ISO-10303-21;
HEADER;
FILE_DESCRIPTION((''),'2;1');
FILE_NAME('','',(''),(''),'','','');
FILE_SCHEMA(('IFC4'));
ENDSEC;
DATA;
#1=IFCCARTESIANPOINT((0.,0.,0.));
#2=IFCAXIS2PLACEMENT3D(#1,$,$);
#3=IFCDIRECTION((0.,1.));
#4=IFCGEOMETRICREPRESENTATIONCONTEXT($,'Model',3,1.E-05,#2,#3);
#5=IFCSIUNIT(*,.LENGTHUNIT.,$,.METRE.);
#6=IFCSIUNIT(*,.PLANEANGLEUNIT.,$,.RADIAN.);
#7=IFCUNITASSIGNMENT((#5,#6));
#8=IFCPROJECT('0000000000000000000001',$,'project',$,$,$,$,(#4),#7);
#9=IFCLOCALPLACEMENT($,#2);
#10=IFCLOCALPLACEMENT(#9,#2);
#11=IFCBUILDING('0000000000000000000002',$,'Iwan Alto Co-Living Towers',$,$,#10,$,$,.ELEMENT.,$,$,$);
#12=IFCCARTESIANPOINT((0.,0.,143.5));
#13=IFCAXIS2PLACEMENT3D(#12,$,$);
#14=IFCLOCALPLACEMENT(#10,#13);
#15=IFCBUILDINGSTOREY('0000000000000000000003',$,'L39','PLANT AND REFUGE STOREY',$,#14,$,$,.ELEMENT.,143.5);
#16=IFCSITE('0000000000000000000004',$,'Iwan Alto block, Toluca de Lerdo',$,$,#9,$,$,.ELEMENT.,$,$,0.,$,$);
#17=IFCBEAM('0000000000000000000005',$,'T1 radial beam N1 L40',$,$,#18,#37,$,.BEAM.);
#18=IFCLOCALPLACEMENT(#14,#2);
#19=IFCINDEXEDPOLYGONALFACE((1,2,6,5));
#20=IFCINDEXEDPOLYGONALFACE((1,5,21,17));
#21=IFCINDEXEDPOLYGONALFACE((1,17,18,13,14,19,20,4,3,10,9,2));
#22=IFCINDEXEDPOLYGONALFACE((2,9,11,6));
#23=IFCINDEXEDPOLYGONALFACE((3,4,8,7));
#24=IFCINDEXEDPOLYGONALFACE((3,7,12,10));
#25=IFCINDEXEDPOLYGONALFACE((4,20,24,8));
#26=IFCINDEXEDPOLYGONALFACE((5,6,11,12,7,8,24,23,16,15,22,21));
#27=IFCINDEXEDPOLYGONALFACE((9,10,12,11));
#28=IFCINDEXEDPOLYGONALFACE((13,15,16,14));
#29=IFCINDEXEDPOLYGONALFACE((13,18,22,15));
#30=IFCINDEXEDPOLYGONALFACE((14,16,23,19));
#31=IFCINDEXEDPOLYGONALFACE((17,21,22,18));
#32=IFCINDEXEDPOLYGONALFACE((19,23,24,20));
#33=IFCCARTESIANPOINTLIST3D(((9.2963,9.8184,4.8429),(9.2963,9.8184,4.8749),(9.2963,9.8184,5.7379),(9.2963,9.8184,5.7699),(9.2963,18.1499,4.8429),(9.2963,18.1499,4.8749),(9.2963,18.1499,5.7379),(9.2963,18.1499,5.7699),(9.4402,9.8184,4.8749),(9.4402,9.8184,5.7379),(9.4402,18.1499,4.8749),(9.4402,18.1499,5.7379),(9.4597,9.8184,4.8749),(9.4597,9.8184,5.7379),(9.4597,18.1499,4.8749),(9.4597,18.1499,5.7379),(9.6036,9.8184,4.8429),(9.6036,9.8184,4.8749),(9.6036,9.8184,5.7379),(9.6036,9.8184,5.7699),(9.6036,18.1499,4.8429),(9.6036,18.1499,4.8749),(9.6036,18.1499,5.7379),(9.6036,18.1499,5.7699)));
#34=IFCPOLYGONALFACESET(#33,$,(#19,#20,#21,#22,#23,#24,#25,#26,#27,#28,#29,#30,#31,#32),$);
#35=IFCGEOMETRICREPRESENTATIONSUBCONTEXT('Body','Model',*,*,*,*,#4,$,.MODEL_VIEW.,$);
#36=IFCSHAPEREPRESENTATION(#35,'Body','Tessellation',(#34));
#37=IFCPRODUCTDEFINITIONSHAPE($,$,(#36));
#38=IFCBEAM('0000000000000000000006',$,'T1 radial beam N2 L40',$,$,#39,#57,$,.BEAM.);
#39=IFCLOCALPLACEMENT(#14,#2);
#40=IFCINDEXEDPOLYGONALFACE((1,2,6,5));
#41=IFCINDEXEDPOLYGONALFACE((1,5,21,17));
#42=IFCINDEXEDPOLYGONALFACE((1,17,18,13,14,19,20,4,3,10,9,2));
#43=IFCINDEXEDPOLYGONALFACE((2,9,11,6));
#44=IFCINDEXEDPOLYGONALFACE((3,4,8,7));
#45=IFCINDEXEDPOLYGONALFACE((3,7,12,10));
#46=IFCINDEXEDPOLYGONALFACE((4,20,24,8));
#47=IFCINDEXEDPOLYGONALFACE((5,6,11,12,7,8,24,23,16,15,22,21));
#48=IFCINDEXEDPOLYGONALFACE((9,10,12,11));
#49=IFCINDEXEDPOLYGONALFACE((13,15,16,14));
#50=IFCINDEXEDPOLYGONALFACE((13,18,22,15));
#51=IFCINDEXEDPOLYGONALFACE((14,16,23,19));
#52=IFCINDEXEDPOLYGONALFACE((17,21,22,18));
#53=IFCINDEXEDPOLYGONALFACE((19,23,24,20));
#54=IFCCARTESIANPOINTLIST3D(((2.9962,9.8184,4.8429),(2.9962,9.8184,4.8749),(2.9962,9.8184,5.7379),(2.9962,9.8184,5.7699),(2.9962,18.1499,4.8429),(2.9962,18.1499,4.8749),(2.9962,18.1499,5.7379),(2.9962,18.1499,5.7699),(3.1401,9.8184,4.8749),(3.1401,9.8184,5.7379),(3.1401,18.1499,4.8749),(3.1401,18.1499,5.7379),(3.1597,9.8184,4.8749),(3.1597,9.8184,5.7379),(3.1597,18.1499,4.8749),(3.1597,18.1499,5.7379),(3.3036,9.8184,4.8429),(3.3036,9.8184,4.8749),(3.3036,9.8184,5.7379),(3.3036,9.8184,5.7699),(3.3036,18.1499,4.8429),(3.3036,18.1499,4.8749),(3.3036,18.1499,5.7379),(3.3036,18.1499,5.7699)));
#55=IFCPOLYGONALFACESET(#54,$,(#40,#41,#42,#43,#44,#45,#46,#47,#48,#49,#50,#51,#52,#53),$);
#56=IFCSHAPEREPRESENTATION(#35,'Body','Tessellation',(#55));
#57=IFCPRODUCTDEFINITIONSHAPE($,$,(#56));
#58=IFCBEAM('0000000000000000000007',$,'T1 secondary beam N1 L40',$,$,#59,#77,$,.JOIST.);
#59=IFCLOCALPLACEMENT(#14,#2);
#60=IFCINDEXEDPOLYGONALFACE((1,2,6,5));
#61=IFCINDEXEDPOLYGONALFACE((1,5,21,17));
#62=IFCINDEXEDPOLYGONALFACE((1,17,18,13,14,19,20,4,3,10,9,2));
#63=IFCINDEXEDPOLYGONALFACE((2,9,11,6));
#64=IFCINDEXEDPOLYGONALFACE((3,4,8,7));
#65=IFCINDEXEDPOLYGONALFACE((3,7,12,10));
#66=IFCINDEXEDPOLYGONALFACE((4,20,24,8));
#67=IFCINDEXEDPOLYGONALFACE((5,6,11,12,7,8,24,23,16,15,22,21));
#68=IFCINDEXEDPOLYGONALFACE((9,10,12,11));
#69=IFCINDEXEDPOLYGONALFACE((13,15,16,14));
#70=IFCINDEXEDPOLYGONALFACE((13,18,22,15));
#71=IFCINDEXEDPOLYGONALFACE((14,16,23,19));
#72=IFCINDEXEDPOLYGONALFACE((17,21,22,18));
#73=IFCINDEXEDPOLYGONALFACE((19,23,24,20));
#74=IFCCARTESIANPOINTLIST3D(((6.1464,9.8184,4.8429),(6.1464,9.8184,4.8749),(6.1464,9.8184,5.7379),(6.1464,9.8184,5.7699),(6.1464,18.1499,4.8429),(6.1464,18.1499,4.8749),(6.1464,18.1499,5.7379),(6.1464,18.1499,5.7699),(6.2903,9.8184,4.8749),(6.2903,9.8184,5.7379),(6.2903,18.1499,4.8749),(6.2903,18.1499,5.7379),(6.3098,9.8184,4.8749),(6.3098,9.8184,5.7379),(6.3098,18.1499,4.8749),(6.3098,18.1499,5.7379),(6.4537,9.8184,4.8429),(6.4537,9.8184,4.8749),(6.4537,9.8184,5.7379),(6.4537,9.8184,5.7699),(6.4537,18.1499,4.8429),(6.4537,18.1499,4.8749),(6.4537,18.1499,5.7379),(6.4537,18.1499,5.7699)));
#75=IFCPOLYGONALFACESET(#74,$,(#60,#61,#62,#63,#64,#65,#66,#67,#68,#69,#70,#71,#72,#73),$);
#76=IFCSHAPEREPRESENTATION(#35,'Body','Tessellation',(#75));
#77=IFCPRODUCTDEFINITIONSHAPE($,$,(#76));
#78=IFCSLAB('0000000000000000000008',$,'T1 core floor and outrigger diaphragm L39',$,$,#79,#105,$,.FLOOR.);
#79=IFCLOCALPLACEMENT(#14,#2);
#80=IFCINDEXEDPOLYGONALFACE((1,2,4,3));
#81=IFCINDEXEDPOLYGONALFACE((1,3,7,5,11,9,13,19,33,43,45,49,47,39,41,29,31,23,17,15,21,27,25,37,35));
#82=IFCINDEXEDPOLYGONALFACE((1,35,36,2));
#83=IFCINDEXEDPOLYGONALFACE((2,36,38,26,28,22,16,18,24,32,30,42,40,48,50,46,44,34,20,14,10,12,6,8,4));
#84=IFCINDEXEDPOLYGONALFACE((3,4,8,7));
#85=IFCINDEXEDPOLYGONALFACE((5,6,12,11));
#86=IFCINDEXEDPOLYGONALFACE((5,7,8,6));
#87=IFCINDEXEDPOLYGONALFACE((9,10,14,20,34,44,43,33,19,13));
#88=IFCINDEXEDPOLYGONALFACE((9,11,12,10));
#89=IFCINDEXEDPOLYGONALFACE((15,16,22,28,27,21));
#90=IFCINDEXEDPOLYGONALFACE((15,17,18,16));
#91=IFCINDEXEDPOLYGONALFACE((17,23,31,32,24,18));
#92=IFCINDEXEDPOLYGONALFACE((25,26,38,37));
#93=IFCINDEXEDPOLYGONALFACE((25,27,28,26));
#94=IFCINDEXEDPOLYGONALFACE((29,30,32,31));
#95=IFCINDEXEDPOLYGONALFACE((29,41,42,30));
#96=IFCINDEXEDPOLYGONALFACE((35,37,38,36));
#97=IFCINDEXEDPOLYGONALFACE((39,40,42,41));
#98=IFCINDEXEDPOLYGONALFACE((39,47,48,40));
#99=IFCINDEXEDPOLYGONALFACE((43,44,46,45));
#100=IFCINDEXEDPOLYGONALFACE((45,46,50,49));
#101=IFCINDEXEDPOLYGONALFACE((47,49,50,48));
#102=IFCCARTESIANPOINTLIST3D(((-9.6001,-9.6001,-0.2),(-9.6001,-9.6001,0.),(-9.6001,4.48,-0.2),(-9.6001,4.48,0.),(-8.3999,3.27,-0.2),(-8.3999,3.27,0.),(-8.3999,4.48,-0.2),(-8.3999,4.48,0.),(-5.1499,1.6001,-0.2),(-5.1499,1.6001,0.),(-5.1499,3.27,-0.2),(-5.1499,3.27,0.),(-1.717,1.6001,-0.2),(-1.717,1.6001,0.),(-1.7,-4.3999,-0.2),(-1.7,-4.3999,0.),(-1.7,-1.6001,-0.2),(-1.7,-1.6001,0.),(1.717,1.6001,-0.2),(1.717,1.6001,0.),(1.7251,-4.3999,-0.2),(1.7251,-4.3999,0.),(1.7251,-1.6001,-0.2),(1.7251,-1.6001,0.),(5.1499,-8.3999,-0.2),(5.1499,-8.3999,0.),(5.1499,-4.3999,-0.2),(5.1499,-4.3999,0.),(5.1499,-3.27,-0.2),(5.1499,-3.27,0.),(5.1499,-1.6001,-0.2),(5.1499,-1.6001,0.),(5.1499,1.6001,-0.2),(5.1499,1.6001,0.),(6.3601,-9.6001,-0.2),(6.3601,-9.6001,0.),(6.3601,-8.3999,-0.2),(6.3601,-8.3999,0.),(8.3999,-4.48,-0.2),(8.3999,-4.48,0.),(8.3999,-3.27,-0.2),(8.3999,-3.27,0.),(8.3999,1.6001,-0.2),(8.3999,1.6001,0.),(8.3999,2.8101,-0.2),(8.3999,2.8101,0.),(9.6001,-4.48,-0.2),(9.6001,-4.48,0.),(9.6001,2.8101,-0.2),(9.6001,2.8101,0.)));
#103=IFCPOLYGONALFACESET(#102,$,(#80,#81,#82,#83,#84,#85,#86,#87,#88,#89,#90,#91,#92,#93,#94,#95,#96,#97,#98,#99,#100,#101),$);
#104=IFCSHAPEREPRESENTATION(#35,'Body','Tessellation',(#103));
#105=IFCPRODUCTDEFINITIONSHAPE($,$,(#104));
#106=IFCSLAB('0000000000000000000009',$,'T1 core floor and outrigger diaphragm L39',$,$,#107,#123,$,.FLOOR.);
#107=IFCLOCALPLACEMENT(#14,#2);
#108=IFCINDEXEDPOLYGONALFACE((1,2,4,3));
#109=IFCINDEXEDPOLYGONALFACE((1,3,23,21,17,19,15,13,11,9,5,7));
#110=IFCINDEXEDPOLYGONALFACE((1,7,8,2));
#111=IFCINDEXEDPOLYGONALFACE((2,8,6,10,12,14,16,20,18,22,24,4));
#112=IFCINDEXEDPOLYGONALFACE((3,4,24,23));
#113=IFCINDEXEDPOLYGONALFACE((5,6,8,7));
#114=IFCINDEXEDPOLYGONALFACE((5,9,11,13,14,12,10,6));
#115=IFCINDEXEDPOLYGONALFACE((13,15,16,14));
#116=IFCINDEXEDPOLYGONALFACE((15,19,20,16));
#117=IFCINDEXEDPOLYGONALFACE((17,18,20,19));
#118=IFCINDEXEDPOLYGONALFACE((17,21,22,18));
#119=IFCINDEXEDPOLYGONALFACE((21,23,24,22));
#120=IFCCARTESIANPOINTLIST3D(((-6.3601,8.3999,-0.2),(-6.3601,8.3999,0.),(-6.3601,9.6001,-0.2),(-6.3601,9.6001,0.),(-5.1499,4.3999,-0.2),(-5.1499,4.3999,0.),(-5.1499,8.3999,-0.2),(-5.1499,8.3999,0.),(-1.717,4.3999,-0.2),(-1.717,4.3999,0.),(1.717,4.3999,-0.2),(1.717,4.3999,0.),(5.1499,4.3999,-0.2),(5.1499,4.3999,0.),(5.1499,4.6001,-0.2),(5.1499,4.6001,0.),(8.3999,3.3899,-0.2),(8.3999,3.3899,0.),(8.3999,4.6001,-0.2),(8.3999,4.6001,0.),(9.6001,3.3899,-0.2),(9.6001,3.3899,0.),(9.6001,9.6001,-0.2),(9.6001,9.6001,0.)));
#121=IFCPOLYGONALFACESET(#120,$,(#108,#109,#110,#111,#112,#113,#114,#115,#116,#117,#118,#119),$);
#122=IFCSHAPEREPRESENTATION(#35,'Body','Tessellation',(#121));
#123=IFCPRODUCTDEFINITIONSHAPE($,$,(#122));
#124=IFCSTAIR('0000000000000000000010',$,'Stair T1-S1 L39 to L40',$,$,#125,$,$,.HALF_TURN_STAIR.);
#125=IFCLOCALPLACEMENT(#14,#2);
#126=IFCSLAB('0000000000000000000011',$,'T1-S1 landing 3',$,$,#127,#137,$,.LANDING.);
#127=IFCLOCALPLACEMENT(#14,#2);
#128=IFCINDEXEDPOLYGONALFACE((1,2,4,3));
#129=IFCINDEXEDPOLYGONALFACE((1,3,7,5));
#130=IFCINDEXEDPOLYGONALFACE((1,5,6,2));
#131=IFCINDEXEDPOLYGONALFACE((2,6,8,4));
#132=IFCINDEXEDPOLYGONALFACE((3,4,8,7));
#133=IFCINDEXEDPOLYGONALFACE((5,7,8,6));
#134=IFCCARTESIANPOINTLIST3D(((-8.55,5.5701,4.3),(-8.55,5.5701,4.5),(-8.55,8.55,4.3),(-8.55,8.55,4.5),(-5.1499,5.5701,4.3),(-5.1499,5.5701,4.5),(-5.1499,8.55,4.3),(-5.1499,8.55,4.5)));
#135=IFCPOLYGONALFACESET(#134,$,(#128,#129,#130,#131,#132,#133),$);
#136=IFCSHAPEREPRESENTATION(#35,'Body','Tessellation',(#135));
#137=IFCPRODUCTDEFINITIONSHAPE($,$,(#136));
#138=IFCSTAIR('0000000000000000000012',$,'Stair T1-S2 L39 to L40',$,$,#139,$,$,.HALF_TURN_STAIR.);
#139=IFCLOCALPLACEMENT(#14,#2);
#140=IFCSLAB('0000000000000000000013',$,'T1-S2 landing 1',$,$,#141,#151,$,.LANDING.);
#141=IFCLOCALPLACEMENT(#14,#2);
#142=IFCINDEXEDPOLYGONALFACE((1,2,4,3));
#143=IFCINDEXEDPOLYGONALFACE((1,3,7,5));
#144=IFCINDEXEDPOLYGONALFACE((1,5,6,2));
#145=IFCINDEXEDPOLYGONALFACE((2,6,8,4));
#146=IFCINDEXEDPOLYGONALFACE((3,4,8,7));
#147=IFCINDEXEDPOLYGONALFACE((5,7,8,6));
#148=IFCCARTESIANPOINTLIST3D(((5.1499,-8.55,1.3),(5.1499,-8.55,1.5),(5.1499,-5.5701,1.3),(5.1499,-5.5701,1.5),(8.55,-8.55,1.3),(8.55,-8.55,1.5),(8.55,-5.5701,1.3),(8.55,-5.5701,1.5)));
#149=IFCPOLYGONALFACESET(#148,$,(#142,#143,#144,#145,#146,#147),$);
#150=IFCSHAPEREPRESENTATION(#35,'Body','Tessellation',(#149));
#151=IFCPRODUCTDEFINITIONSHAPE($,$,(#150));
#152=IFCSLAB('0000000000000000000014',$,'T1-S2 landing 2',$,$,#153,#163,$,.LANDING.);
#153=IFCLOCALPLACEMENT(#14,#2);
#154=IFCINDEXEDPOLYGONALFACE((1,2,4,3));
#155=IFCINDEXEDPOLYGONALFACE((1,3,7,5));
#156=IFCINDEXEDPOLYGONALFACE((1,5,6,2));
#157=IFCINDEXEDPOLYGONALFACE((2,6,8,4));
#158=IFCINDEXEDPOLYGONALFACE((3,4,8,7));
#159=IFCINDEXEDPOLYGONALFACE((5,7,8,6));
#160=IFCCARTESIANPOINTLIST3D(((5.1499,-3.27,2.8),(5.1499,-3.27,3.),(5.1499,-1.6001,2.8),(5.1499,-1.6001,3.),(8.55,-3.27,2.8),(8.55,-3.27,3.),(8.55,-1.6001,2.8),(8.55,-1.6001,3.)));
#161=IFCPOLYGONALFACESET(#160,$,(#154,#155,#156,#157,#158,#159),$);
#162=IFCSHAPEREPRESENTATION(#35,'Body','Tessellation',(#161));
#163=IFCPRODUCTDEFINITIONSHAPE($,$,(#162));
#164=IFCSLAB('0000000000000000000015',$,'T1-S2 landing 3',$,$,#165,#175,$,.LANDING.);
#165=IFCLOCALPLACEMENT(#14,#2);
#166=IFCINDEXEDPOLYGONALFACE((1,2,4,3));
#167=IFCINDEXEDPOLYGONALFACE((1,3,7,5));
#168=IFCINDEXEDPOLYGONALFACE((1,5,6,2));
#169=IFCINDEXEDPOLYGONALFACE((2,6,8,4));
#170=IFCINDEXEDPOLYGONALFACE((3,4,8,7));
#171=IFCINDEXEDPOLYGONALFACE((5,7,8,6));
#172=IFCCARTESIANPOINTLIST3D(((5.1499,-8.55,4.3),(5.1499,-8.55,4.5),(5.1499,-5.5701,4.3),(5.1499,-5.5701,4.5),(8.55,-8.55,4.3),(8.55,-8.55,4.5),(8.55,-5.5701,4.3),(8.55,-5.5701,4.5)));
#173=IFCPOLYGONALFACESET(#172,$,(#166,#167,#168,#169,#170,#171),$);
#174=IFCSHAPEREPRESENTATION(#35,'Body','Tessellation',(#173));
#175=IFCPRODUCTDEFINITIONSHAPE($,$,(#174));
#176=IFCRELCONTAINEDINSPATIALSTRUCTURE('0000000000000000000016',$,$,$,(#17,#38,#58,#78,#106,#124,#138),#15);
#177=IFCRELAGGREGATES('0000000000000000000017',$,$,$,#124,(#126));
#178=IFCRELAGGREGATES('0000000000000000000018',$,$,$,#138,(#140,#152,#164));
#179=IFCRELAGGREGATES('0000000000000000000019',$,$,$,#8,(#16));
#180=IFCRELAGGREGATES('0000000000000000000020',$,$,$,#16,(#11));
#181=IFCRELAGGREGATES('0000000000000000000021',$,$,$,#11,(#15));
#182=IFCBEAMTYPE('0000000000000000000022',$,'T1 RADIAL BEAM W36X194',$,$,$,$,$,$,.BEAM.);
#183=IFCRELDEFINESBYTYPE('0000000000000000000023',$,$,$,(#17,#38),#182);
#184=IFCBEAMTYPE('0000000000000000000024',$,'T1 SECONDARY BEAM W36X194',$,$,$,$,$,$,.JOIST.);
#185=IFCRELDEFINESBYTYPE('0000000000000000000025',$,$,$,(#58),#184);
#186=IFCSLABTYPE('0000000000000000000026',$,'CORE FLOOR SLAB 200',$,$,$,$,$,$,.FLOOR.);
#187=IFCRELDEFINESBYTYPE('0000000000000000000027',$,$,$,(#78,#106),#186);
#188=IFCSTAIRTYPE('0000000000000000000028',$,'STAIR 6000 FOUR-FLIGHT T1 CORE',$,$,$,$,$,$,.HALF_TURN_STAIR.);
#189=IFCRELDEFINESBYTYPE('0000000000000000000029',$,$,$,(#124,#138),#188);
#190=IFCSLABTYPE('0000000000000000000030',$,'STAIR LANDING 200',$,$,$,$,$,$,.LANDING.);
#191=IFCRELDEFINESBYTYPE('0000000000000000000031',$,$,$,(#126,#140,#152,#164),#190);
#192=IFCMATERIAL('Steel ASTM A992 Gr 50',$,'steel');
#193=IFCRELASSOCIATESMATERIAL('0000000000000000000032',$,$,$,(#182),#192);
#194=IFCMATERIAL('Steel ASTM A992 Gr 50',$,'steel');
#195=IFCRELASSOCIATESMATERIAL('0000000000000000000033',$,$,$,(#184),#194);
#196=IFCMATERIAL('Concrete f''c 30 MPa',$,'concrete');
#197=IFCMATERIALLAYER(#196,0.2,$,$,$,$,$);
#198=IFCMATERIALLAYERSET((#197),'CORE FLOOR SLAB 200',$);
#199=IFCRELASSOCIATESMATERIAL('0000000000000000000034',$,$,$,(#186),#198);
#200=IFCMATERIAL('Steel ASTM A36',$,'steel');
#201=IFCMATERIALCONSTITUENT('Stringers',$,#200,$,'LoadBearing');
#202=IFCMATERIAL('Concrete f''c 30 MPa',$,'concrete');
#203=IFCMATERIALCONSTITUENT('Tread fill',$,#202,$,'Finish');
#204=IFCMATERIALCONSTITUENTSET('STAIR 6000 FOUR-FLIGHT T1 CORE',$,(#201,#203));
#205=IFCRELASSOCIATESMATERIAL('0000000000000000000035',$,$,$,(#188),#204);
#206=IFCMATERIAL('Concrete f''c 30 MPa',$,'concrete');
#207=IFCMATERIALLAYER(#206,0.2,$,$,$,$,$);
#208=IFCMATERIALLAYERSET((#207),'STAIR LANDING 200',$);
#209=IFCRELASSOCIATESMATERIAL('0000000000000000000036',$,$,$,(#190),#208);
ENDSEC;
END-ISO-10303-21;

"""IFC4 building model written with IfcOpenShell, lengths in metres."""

from ifc_helpers import new_model, si_unit, direction, frame, origin, origin_2d, place, context, subcontext, project, spatial, polyline, i_section, outline, extrude, material, layer, layer_set, constituent, constituent_set, material_profile, profile_set, type_object, element, aggregate, save


model = new_model("IFC4")

# Units and contexts
model_context = context("Model", 3, precision=1e-05, world=origin(), true_north=direction((0.0, 1.0)))
body_context = subcontext(model_context, "Body", "Model", "MODEL_VIEW")
ifc_project = project(units=[si_unit("LENGTHUNIT", "METRE"), si_unit("PLANEANGLEUNIT", "RADIAN")], contexts=[model_context])

# Site, building, storey
site_placement = place(None, origin())
site = spatial("IfcSite", under=ifc_project, at=site_placement, Name="Iwan Alto block, Toluca de Lerdo", CompositionType="ELEMENT", RefElevation=0.0)
building_placement = place(site_placement, origin())
building = spatial("IfcBuilding", under=site, at=building_placement, Name="Iwan Alto Co-Living Towers", CompositionType="ELEMENT")
storey_placement = place(building_placement, frame((0.0, 0.0, 143.5)))
storey = spatial("IfcBuildingStorey", under=building, at=storey_placement, Name="L39", Description="PLANT AND REFUGE STOREY", CompositionType="ELEMENT", Elevation=143.5)

# Beams
ifc_material_1 = material(Name="Steel ASTM A992 Gr 50", Category="steel")
ifc_material_profile_1 = material_profile(ifc_material_1, i_section(OverallWidth=0.3074, OverallDepth=0.927, WebThickness=0.0195, FlangeThickness=0.032, at=origin_2d()), Name="W36X194")
ifc_profile_set_1 = profile_set([ifc_material_profile_1], Name="Steel ASTM A992 Gr 50")
beam_type_1 = type_object("IfcBeamType", Name="T1 RADIAL BEAM W36X194", PredefinedType="BEAM", material=ifc_profile_set_1)
for number, where, z_axis, x_axis, name in (
    (1, (9.45, 18.1499, 5.3064), (0.0, -1.0, 0.0), (1.0, 0.0, 0.0), "T1 radial beam N1 L40"),
    (2, (3.1499, 18.1499, 5.3064), (0.0, -1.0, 0.0), (1.0, 0.0, 0.0), "T1 radial beam N2 L40"),
):
    element("IfcBeam", number, at=place(storey_placement, frame(where, z_axis=z_axis, x_axis=x_axis)), inside=storey, type_object=beam_type_1, Name=name, PredefinedType="BEAM", context=body_context, shape_type="SweptSolid", body=[
        extrude(i_section(OverallWidth=0.3074, OverallDepth=0.927, WebThickness=0.0195, FlangeThickness=0.032, at=origin_2d()), origin(), (0.0, 0.0, 1.0), 8.3315),
    ])
ifc_material_2 = material(Name="Steel ASTM A992 Gr 50", Category="steel")
ifc_material_profile_2 = material_profile(ifc_material_2, i_section(OverallWidth=0.3074, OverallDepth=0.927, WebThickness=0.0195, FlangeThickness=0.032, at=origin_2d()), Name="W36X194")
ifc_profile_set_2 = profile_set([ifc_material_profile_2], Name="Steel ASTM A992 Gr 50")
beam_type_2 = type_object("IfcBeamType", Name="T1 SECONDARY BEAM W36X194", PredefinedType="JOIST", material=ifc_profile_set_2)
beam_1_placement = place(storey_placement, frame((6.3, 18.1499, 5.3064), z_axis=(0.0, -1.0, 0.0), x_axis=(1.0, 0.0, 0.0)))
element("IfcBeam", 3, at=beam_1_placement, inside=storey, type_object=beam_type_2, Name="T1 secondary beam N1 L40", PredefinedType="JOIST", context=body_context, shape_type="SweptSolid", body=[
    extrude(i_section(OverallWidth=0.3074, OverallDepth=0.927, WebThickness=0.0195, FlangeThickness=0.032, at=origin_2d()), origin(), (0.0, 0.0, 1.0), 8.3315),
])

# Slabs
ifc_material_3 = material(Name="Concrete f'c 30 MPa", Category="concrete")
ifc_layer_1 = layer(ifc_material_3, 0.2)
ifc_layer_set_1 = layer_set([ifc_layer_1], Name="CORE FLOOR SLAB 200")
slab_type_1 = type_object("IfcSlabType", Name="CORE FLOOR SLAB 200", PredefinedType="FLOOR", material=ifc_layer_set_1)
slab_1_placement = place(storey_placement, frame((0.0, 0.0, -0.2)))
element("IfcSlab", 4, at=slab_1_placement, inside=storey, type_object=slab_type_1, Name="T1 core floor and outrigger diaphragm L39", PredefinedType="FLOOR", context=body_context, shape_type="SweptSolid", body=[
    extrude(outline(polyline([(5.1499, -1.6001), (1.7251, -1.6001), (-1.7, -1.6001), (-1.7, -4.3999), (1.7251, -4.3999), (5.1499, -4.3999), (5.1499, -8.3999), (6.3601, -8.3999), (6.3601, -9.6001), (-9.6001, -9.6001), (-9.6001, 4.48), (-8.3999, 4.48), (-8.3999, 3.27), (-5.1499, 3.27), (-5.1499, 1.6001), (-1.717, 1.6001), (1.717, 1.6001), (5.1499, 1.6001), (8.3999, 1.6001), (8.3999, 2.8101), (9.6001, 2.8101), (9.6001, -4.48), (8.3999, -4.48), (8.3999, -3.27), (5.1499, -3.27), (5.1499, -1.6001)])), origin(), (0.0, 0.0, 1.0), 0.2),
])
slab_2_placement = place(storey_placement, frame((0.0, 0.0, -0.2)))
element("IfcSlab", 5, at=slab_2_placement, inside=storey, type_object=slab_type_1, Name="T1 core floor and outrigger diaphragm L39", PredefinedType="FLOOR", context=body_context, shape_type="SweptSolid", body=[
    extrude(outline(polyline([(1.717, 4.3999), (-1.717, 4.3999), (-5.1499, 4.3999), (-5.1499, 8.3999), (-6.3601, 8.3999), (-6.3601, 9.6001), (9.6001, 9.6001), (9.6001, 3.3899), (8.3999, 3.3899), (8.3999, 4.6001), (5.1499, 4.6001), (5.1499, 4.3999), (1.717, 4.3999)])), origin(), (0.0, 0.0, 1.0), 0.2),
])

# Stair, slab
ifc_material_4 = material(Name="Steel ASTM A36", Category="steel")
ifc_constituent_1 = constituent(ifc_material_4, Name="Stringers", Category="LoadBearing")
ifc_material_5 = material(Name="Concrete f'c 30 MPa", Category="concrete")
ifc_constituent_2 = constituent(ifc_material_5, Name="Tread fill", Category="Finish")
ifc_constituent_set = constituent_set(constituents=[ifc_constituent_1, ifc_constituent_2], Name="STAIR 6000 FOUR-FLIGHT T1 CORE")
stair_type = type_object("IfcStairType", Name="STAIR 6000 FOUR-FLIGHT T1 CORE", PredefinedType="HALF_TURN_STAIR", material=ifc_constituent_set)
stair_1_placement = place(storey_placement, origin())
stair_1 = element("IfcStair", 6, at=stair_1_placement, inside=storey, type_object=stair_type, Name="Stair T1-S1 L39 to L40", PredefinedType="HALF_TURN_STAIR")
ifc_material_6 = material(Name="Concrete f'c 30 MPa", Category="concrete")
ifc_layer_2 = layer(ifc_material_6, 0.2)
ifc_layer_set_2 = layer_set([ifc_layer_2], Name="STAIR LANDING 200")
slab_type_2 = type_object("IfcSlabType", Name="STAIR LANDING 200", PredefinedType="LANDING", material=ifc_layer_set_2)
slab_3_placement = place(storey_placement, frame((0.0, 0.0, 4.3)))
slab_3 = element("IfcSlab", 7, at=slab_3_placement, type_object=slab_type_2, Name="T1-S1 landing 3", PredefinedType="LANDING", context=body_context, shape_type="SweptSolid", body=[
    extrude(outline(polyline([(-8.55, 5.5701), (-8.55, 8.55), (-5.1499, 8.55), (-5.1499, 5.5701), (-8.55, 5.5701)])), origin(), (0.0, 0.0, 1.0), 0.2),
])
aggregate(stair_1, [slab_3])

# Stair, slabs
stair_2_placement = place(storey_placement, origin())
stair_2 = element("IfcStair", 8, at=stair_2_placement, inside=storey, type_object=stair_type, Name="Stair T1-S2 L39 to L40", PredefinedType="HALF_TURN_STAIR")
slab_4_placement = place(storey_placement, frame((0.0, 0.0, 1.3)))
slab_4 = element("IfcSlab", 9, at=slab_4_placement, type_object=slab_type_2, Name="T1-S2 landing 1", PredefinedType="LANDING", context=body_context, shape_type="SweptSolid", body=[
    extrude(outline(polyline([(5.1499, -5.5701), (5.1499, -8.55), (8.55, -8.55), (8.55, -5.5701), (5.1499, -5.5701)])), origin(), (0.0, 0.0, 1.0), 0.2),
])
slab_5_placement = place(storey_placement, frame((0.0, 0.0, 2.8)))
slab_5 = element("IfcSlab", 10, at=slab_5_placement, type_object=slab_type_2, Name="T1-S2 landing 2", PredefinedType="LANDING", context=body_context, shape_type="SweptSolid", body=[
    extrude(outline(polyline([(5.1499, -1.6001), (5.1499, -3.27), (8.55, -3.27), (8.55, -1.6001), (5.1499, -1.6001)])), origin(), (0.0, 0.0, 1.0), 0.2),
])
slab_6_placement = place(storey_placement, frame((0.0, 0.0, 4.3)))
slab_6 = element("IfcSlab", 11, at=slab_6_placement, type_object=slab_type_2, Name="T1-S2 landing 3", PredefinedType="LANDING", context=body_context, shape_type="SweptSolid", body=[
    extrude(outline(polyline([(5.1499, -5.5701), (5.1499, -8.55), (8.55, -8.55), (8.55, -5.5701), (5.1499, -5.5701)])), origin(), (0.0, 0.0, 1.0), 0.2),
])
aggregate(stair_2, [slab_4, slab_5, slab_6])

save(model, "model.ifc")
